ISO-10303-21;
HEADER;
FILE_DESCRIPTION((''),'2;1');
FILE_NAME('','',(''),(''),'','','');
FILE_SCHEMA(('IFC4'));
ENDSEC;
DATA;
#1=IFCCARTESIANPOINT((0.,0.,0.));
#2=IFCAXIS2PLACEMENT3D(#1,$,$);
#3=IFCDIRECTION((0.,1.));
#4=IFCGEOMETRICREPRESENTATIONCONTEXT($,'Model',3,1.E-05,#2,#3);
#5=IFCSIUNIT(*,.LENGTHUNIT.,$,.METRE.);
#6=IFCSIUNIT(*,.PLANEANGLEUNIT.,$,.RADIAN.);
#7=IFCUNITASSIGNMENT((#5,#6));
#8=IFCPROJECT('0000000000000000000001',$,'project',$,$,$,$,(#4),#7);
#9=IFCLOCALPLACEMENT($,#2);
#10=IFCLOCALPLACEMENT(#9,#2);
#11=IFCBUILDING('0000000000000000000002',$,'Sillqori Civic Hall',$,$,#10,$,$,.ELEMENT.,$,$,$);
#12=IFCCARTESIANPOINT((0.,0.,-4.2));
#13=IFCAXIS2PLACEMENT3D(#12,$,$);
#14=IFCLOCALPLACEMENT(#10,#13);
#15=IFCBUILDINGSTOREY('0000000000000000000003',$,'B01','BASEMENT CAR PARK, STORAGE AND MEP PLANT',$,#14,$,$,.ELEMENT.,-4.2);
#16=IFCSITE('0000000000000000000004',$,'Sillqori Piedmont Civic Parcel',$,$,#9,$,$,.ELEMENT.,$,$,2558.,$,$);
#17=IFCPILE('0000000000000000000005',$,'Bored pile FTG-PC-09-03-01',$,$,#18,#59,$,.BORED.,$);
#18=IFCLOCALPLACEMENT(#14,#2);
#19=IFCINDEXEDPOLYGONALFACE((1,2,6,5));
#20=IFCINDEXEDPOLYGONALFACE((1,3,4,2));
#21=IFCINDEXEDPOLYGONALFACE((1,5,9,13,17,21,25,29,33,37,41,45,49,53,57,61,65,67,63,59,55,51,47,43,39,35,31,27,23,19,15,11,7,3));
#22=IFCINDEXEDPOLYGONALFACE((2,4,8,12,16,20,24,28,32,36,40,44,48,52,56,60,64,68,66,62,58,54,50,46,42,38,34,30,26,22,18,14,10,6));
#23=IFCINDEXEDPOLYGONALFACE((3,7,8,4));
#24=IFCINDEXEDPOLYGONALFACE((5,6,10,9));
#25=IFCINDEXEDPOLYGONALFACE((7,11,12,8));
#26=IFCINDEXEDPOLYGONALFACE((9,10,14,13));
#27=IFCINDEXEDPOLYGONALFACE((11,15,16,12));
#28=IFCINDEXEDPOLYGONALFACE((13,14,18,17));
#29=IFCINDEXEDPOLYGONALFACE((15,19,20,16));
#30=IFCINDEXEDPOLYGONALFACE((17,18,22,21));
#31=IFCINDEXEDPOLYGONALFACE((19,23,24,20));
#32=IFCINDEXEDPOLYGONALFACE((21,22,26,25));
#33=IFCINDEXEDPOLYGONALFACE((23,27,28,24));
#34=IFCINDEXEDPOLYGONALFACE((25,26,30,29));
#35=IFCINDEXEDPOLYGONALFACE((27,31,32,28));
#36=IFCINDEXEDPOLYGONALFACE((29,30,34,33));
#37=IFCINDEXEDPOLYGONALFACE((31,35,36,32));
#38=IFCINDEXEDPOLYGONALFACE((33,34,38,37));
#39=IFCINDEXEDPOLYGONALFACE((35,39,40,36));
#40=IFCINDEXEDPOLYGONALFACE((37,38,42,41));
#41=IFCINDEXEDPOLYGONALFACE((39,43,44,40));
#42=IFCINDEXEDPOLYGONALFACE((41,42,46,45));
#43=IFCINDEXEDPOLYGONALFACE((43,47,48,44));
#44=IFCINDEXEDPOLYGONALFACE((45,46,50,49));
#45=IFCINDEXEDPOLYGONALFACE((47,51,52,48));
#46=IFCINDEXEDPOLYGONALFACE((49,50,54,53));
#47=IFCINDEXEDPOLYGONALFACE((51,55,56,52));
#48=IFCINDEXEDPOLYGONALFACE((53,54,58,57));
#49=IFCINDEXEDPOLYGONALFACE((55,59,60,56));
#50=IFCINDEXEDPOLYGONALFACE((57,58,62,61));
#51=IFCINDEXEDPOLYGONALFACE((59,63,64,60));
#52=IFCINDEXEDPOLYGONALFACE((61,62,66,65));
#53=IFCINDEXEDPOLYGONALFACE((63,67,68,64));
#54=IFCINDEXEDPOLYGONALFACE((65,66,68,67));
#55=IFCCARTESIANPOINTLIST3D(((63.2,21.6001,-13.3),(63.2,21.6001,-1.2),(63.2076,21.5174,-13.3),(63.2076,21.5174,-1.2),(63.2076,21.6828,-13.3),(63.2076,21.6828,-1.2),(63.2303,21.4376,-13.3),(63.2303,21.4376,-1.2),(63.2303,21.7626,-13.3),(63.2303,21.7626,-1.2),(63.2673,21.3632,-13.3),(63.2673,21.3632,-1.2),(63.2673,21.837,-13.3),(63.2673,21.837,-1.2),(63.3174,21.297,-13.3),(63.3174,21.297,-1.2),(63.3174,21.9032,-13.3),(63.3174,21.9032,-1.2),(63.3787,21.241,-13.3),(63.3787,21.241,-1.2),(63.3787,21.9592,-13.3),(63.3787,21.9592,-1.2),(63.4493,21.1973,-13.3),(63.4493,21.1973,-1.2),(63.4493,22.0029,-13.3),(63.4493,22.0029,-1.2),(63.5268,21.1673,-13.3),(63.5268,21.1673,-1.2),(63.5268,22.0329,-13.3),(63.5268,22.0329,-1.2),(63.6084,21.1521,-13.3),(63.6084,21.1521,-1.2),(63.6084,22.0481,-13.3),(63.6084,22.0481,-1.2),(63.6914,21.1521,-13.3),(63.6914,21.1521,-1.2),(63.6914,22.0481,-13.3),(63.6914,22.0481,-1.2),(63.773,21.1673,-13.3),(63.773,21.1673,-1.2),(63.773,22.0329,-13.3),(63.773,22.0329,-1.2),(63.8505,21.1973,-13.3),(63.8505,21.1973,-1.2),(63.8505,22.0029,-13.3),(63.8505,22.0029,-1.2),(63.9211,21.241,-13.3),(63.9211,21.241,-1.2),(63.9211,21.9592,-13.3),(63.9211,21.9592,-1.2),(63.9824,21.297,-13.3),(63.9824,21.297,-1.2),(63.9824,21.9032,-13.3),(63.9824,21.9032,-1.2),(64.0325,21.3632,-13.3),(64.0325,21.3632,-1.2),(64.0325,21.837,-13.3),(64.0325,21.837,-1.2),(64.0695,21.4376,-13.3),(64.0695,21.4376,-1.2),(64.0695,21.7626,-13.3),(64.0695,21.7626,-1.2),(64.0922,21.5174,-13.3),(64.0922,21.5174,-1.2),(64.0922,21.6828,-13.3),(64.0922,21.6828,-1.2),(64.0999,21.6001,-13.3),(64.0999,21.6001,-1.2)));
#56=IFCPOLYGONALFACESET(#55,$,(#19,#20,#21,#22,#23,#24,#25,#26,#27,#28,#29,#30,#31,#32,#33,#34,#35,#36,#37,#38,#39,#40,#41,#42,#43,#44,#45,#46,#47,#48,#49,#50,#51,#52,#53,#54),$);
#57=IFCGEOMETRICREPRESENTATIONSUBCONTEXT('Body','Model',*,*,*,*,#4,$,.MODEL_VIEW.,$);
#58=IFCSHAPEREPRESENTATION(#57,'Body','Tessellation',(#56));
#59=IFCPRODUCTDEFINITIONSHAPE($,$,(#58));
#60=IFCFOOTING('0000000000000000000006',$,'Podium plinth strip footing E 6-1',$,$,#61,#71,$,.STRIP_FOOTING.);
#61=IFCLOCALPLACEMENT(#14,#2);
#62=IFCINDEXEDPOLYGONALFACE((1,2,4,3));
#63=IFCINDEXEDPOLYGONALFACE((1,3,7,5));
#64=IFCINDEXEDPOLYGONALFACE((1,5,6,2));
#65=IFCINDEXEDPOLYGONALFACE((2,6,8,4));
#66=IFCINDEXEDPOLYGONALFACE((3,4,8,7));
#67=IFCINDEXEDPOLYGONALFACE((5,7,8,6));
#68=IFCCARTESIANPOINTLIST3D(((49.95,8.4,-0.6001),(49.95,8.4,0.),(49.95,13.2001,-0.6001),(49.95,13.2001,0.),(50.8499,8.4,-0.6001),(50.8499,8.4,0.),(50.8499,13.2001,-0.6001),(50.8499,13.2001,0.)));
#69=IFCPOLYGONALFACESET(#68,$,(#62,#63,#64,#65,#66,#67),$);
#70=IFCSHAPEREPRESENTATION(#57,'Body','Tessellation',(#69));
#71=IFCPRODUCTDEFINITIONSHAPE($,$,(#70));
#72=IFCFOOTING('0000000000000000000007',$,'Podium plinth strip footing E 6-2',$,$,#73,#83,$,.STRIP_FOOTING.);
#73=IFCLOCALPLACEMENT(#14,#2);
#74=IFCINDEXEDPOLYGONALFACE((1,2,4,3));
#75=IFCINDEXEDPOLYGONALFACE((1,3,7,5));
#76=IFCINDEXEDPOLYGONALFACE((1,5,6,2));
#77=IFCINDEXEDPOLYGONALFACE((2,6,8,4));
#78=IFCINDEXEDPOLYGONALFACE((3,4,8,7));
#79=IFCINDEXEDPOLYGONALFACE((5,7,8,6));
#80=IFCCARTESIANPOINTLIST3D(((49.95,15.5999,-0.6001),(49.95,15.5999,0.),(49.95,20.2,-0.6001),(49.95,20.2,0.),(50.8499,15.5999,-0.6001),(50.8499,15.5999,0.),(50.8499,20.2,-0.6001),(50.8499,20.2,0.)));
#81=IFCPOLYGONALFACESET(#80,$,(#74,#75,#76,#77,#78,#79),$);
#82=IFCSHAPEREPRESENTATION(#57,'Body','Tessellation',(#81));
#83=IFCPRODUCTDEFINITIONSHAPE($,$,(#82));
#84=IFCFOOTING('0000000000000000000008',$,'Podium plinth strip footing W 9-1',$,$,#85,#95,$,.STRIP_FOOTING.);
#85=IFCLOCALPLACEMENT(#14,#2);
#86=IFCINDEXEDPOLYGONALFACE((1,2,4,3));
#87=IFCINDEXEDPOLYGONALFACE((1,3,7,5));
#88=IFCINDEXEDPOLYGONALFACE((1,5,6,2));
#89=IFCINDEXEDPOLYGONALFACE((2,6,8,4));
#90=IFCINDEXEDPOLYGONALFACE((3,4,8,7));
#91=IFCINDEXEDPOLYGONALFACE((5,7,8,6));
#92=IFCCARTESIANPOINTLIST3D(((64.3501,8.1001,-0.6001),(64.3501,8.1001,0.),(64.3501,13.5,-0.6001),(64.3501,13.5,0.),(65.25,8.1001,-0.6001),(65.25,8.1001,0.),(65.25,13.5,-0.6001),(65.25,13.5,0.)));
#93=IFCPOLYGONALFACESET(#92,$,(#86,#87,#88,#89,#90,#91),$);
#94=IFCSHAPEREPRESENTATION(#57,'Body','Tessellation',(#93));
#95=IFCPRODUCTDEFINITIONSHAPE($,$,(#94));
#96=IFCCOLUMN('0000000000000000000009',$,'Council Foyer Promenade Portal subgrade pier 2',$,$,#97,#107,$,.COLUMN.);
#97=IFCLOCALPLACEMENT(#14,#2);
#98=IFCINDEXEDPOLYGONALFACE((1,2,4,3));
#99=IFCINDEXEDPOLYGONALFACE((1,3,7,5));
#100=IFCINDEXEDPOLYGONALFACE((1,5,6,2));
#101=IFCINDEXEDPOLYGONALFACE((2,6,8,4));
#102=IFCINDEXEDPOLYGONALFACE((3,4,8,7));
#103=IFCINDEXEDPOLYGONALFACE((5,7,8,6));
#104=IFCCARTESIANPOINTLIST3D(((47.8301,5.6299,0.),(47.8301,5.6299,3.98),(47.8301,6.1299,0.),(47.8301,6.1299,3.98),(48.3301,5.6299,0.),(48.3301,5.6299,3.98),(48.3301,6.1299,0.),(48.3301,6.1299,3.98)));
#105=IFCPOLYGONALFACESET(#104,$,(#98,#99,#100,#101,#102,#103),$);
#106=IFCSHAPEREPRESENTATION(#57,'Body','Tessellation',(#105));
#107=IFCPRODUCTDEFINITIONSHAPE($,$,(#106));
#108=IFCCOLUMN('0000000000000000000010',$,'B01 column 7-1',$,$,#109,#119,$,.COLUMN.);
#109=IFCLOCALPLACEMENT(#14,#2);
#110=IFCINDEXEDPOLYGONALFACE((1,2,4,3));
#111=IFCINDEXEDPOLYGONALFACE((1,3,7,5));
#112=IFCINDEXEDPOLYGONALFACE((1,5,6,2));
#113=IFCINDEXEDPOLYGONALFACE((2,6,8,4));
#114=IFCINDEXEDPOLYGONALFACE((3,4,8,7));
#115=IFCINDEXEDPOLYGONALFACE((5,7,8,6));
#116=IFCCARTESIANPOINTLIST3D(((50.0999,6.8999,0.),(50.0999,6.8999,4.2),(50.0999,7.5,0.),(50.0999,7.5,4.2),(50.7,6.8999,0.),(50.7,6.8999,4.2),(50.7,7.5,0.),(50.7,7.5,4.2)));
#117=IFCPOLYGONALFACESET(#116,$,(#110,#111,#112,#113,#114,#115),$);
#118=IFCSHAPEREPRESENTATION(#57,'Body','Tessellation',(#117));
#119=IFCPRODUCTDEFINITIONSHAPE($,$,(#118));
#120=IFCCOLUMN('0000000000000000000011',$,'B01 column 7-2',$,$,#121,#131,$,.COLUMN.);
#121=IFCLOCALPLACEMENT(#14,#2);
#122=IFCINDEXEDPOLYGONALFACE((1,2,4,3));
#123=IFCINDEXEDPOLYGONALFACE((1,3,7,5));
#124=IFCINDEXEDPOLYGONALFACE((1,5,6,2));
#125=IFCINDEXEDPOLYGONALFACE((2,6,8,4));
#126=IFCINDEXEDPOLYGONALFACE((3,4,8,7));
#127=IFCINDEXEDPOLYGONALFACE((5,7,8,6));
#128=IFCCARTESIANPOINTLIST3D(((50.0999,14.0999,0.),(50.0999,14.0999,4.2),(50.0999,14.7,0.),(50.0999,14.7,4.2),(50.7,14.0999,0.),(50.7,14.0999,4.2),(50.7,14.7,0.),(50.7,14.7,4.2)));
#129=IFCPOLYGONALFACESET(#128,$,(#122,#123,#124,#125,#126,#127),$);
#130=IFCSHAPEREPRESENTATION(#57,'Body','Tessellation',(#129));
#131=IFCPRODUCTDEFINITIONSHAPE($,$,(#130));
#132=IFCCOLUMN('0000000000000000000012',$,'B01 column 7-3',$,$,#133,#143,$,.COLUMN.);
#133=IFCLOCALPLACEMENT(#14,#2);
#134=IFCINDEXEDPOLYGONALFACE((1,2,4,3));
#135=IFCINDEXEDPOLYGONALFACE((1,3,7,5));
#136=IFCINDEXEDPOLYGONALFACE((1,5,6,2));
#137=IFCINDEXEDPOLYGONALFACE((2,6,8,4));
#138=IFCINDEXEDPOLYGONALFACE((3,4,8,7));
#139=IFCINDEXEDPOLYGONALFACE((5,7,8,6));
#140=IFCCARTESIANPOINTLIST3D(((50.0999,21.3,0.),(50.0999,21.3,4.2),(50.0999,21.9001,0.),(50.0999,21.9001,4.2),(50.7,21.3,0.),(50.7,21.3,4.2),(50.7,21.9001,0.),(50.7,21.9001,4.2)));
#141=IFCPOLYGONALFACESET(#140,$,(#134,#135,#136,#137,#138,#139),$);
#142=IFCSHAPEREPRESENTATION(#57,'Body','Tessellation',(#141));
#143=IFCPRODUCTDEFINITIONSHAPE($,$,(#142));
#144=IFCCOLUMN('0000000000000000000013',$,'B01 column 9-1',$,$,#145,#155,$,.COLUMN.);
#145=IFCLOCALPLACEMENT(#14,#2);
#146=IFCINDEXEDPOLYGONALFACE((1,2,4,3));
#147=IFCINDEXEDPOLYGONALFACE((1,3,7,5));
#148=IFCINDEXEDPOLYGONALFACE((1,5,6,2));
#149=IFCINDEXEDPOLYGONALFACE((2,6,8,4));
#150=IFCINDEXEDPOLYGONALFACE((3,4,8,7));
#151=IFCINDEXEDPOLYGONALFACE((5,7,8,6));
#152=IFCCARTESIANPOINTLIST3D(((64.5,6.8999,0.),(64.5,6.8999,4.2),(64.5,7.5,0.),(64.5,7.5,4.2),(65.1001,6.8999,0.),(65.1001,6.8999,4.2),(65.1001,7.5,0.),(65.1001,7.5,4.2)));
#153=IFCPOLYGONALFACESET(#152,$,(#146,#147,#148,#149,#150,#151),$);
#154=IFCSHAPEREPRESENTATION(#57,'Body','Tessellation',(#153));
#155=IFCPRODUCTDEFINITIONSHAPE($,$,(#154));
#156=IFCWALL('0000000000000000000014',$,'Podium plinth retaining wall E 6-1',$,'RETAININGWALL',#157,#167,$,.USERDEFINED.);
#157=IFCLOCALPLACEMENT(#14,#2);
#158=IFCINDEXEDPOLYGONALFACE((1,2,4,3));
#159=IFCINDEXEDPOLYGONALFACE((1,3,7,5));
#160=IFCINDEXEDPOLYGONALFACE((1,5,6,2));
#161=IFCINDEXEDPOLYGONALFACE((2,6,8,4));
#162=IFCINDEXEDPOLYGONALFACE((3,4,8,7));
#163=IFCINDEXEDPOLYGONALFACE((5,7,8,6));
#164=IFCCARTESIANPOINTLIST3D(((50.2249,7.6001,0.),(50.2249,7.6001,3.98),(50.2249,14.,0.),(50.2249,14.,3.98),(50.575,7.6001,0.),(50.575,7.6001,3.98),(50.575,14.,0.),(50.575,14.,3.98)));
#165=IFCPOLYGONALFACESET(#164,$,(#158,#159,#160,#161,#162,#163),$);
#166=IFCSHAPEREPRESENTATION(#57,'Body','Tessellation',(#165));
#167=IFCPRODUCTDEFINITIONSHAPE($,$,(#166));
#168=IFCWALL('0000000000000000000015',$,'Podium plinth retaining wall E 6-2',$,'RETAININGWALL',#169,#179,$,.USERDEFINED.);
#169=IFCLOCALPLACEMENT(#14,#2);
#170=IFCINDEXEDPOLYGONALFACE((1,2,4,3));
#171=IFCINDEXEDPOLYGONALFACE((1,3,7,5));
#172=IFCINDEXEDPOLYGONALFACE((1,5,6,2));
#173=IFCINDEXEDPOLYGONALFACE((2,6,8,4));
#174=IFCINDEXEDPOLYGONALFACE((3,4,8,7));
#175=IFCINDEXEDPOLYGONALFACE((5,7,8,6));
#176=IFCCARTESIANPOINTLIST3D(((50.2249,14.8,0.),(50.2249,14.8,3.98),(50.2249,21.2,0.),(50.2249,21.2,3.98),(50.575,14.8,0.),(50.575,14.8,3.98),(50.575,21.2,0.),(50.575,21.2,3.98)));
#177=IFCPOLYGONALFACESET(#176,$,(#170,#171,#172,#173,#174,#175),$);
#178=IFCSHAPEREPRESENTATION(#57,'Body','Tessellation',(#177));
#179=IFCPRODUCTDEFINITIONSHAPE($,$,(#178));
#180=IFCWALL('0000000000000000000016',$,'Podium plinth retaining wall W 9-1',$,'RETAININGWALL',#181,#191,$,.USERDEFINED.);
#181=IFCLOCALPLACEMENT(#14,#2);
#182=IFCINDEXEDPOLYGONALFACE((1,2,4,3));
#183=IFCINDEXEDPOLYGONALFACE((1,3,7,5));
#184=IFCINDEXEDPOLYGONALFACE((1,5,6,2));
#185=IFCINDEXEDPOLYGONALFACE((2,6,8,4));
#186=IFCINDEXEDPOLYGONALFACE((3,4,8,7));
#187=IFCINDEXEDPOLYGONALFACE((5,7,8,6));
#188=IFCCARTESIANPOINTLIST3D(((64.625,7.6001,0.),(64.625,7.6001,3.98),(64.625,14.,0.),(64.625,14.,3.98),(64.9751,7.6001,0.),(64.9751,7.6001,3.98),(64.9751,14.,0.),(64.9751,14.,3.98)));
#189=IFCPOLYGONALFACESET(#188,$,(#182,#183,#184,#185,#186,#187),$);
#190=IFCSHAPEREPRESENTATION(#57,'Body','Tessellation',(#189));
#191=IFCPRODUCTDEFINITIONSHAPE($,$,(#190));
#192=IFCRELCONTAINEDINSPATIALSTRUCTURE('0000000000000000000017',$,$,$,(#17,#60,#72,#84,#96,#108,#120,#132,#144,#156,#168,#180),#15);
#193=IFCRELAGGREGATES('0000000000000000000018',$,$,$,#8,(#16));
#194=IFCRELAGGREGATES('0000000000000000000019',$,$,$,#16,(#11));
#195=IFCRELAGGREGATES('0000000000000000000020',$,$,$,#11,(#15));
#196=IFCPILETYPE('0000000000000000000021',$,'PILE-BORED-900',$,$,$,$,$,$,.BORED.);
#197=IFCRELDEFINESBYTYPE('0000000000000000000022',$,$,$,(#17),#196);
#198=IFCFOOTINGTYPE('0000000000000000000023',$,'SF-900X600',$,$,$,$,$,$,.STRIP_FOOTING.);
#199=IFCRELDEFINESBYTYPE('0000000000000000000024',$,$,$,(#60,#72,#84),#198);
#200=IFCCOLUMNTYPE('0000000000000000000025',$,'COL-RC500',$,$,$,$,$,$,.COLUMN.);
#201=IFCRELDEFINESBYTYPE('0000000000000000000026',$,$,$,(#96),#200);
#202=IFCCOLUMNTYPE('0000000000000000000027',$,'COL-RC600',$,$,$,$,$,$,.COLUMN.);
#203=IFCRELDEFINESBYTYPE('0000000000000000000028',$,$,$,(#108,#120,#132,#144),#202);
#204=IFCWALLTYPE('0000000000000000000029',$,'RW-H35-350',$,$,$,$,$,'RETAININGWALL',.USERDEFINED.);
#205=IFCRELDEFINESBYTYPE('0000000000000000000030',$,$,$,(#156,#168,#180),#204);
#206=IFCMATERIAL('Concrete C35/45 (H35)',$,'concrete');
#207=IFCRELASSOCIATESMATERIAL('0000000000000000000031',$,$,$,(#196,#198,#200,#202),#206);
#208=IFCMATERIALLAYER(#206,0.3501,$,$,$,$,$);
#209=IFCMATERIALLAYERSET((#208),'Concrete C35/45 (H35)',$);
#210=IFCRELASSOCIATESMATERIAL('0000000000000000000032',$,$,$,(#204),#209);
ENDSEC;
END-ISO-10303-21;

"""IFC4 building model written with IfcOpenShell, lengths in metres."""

from ifc_helpers import new_model, si_unit, direction, frame, frame_2d, origin, origin_2d, place, context, subcontext, project, spatial, rectangle, circle, extrude, material, layer, layer_set, material_profile, profile_set, type_object, element, save


model = new_model("IFC4")

# Units and contexts
model_context = context("Model", 3, precision=1e-05, world=origin(), true_north=direction((0.0, 1.0)))
body_context = subcontext(model_context, "Body", "Model", "MODEL_VIEW")
ifc_project = project(units=[si_unit("LENGTHUNIT", "METRE"), si_unit("PLANEANGLEUNIT", "RADIAN")], contexts=[model_context])

# Site, building, storey
site_placement = place(None, origin())
site = spatial("IfcSite", under=ifc_project, at=site_placement, Name="Sillqori Piedmont Civic Parcel", CompositionType="ELEMENT", RefElevation=2558.0)
building_placement = place(site_placement, origin())
building = spatial("IfcBuilding", under=site, at=building_placement, Name="Sillqori Civic Hall", CompositionType="ELEMENT")
storey_placement = place(building_placement, frame((0.0, 0.0, -4.2)))
storey = spatial("IfcBuildingStorey", under=building, at=storey_placement, Name="B01", Description="BASEMENT CAR PARK, STORAGE AND MEP PLANT", CompositionType="ELEMENT", Elevation=-4.2)

# Shared definitions
ifc_material = material(Name="Concrete C35/45 (H35)", Category="concrete")

# Pile
ifc_material_profile_1 = material_profile(ifc_material, circle(Radius=0.45, at=origin_2d()), Name="BORED PILE 900")
ifc_profile_set_1 = profile_set([ifc_material_profile_1], Name="Concrete C35/45 (H35)")
pile_type = type_object("IfcPileType", Name="PILE-BORED-900", PredefinedType="BORED", material=ifc_profile_set_1)
for number, where, z_axis, x_axis, name in (
    (1, (63.6499, 21.6001, -1.2), (0.0, 0.0, -1.0), (1.0, 0.0, 0.0), "Bored pile FTG-PC-09-03-01"),
):
    element("IfcPile", number, at=place(storey_placement, frame(where, z_axis=z_axis, x_axis=x_axis)), inside=storey, type_object=pile_type, Name=name, PredefinedType="BORED", context=body_context, shape_type="SweptSolid", body=[
        extrude(circle(Radius=0.45, at=origin_2d()), origin(), (0.0, 0.0, 1.0), 12.1001),
    ])

# Footings
footing_type_1 = type_object("IfcFootingType", Name="SF-900X600", PredefinedType="STRIP_FOOTING", material=ifc_material)
footing_1_placement = place(storey_placement, frame((50.3999, 10.8, -0.6001), z_axis=(0.0, 0.0, 1.0), x_axis=(1.0, 0.0, 0.0)))
element("IfcFooting", 2, at=footing_1_placement, inside=storey, type_object=footing_type_1, Name="Podium plinth strip footing E 6-1", PredefinedType="STRIP_FOOTING", context=body_context, shape_type="SweptSolid", body=[
    extrude(rectangle(XDim=0.8999, YDim=4.8, at=origin_2d()), origin(), (0.0, 0.0, 1.0), 0.6001),
])
footing_2_placement = place(storey_placement, frame((50.3999, 17.8999, -0.6001), z_axis=(0.0, 0.0, 1.0), x_axis=(1.0, 0.0, 0.0)))
element("IfcFooting", 3, at=footing_2_placement, inside=storey, type_object=footing_type_1, Name="Podium plinth strip footing E 6-2", PredefinedType="STRIP_FOOTING", context=body_context, shape_type="SweptSolid", body=[
    extrude(rectangle(XDim=0.8999, YDim=4.6001, at=origin_2d()), origin(), (0.0, 0.0, 1.0), 0.6001),
])
footing_3_placement = place(storey_placement, frame((64.8, 10.8, -0.6001), z_axis=(0.0, 0.0, 1.0), x_axis=(1.0, 0.0, 0.0)))
element("IfcFooting", 4, at=footing_3_placement, inside=storey, type_object=footing_type_1, Name="Podium plinth strip footing W 9-1", PredefinedType="STRIP_FOOTING", context=body_context, shape_type="SweptSolid", body=[
    extrude(rectangle(XDim=0.8999, YDim=5.3999, at=origin_2d()), origin(), (0.0, 0.0, 1.0), 0.6001),
])

# Columns
ifc_material_profile_2 = material_profile(ifc_material, rectangle(XDim=0.5, YDim=0.5, at=origin_2d()), Name="RC 500x500")
ifc_profile_set_2 = profile_set([ifc_material_profile_2], Name="Concrete C35/45 (H35)")
column_type_1 = type_object("IfcColumnType", Name="COL-RC500", PredefinedType="COLUMN", material=ifc_profile_set_2)
column_placement = place(storey_placement, frame((48.0801, 5.8799, 0.0), z_axis=(0.0, 0.0, 1.0), x_axis=(1.0, 0.0, 0.0)))
element("IfcColumn", 5, at=column_placement, inside=storey, type_object=column_type_1, Name="Council Foyer Promenade Portal subgrade pier 2", PredefinedType="COLUMN", context=body_context, shape_type="SweptSolid", body=[
    extrude(rectangle(XDim=0.5, YDim=0.5, at=origin_2d()), origin(), (0.0, 0.0, 1.0), 3.98),
])
ifc_material_profile_3 = material_profile(ifc_material, rectangle(XDim=0.6001, YDim=0.6001, at=origin_2d()), Name="RC 600x600")
ifc_profile_set_3 = profile_set([ifc_material_profile_3], Name="Concrete C35/45 (H35)")
column_type_2 = type_object("IfcColumnType", Name="COL-RC600", PredefinedType="COLUMN", material=ifc_profile_set_3)
for number, where, z_axis, x_axis, name in (
    (6, (50.3999, 7.2, 0.0), (0.0, 0.0, 1.0), (1.0, 0.0, 0.0), "B01 column 7-1"),
    (7, (50.3999, 14.3999, 0.0), (0.0, 0.0, 1.0), (1.0, 0.0, 0.0), "B01 column 7-2"),
    (8, (50.3999, 21.6001, 0.0), (0.0, 0.0, 1.0), (1.0, 0.0, 0.0), "B01 column 7-3"),
    (9, (64.8, 7.2, 0.0), (0.0, 0.0, 1.0), (1.0, 0.0, 0.0), "B01 column 9-1"),
):
    element("IfcColumn", number, at=place(storey_placement, frame(where, z_axis=z_axis, x_axis=x_axis)), inside=storey, type_object=column_type_2, Name=name, PredefinedType="COLUMN", context=body_context, shape_type="SweptSolid", body=[
        extrude(rectangle(XDim=0.6001, YDim=0.6001, at=origin_2d()), origin(), (0.0, 0.0, 1.0), 4.2),
    ])

# Walls
ifc_layer = layer(ifc_material, 0.3501)
ifc_layer_set = layer_set([ifc_layer], Name="Concrete C35/45 (H35)")
wall_type = type_object("IfcWallType", Name="RW-H35-350", ElementType="RETAININGWALL", PredefinedType="USERDEFINED", material=ifc_layer_set)
for number, where, z_axis, x_axis, name in (
    (10, (50.3999, 7.6001, 0.0), (0.0, 0.0, 1.0), (0.0, 1.0, 0.0), "Podium plinth retaining wall E 6-1"),
    (11, (50.3999, 14.8, 0.0), (0.0, 0.0, 1.0), (0.0, 1.0, 0.0), "Podium plinth retaining wall E 6-2"),
    (12, (64.8, 7.6001, 0.0), (0.0, 0.0, 1.0), (0.0, 1.0, 0.0), "Podium plinth retaining wall W 9-1"),
):
    element("IfcWall", number, at=place(storey_placement, frame(where, z_axis=z_axis, x_axis=x_axis)), inside=storey, type_object=wall_type, Name=name, ObjectType="RETAININGWALL", PredefinedType="USERDEFINED", context=body_context, shape_type="SweptSolid", body=[
        extrude(rectangle(XDim=6.3999, YDim=0.3501, at=frame_2d((3.2, 0.0))), origin(), (0.0, 0.0, 1.0), 3.98),
    ])

save(model, "model.ifc")
